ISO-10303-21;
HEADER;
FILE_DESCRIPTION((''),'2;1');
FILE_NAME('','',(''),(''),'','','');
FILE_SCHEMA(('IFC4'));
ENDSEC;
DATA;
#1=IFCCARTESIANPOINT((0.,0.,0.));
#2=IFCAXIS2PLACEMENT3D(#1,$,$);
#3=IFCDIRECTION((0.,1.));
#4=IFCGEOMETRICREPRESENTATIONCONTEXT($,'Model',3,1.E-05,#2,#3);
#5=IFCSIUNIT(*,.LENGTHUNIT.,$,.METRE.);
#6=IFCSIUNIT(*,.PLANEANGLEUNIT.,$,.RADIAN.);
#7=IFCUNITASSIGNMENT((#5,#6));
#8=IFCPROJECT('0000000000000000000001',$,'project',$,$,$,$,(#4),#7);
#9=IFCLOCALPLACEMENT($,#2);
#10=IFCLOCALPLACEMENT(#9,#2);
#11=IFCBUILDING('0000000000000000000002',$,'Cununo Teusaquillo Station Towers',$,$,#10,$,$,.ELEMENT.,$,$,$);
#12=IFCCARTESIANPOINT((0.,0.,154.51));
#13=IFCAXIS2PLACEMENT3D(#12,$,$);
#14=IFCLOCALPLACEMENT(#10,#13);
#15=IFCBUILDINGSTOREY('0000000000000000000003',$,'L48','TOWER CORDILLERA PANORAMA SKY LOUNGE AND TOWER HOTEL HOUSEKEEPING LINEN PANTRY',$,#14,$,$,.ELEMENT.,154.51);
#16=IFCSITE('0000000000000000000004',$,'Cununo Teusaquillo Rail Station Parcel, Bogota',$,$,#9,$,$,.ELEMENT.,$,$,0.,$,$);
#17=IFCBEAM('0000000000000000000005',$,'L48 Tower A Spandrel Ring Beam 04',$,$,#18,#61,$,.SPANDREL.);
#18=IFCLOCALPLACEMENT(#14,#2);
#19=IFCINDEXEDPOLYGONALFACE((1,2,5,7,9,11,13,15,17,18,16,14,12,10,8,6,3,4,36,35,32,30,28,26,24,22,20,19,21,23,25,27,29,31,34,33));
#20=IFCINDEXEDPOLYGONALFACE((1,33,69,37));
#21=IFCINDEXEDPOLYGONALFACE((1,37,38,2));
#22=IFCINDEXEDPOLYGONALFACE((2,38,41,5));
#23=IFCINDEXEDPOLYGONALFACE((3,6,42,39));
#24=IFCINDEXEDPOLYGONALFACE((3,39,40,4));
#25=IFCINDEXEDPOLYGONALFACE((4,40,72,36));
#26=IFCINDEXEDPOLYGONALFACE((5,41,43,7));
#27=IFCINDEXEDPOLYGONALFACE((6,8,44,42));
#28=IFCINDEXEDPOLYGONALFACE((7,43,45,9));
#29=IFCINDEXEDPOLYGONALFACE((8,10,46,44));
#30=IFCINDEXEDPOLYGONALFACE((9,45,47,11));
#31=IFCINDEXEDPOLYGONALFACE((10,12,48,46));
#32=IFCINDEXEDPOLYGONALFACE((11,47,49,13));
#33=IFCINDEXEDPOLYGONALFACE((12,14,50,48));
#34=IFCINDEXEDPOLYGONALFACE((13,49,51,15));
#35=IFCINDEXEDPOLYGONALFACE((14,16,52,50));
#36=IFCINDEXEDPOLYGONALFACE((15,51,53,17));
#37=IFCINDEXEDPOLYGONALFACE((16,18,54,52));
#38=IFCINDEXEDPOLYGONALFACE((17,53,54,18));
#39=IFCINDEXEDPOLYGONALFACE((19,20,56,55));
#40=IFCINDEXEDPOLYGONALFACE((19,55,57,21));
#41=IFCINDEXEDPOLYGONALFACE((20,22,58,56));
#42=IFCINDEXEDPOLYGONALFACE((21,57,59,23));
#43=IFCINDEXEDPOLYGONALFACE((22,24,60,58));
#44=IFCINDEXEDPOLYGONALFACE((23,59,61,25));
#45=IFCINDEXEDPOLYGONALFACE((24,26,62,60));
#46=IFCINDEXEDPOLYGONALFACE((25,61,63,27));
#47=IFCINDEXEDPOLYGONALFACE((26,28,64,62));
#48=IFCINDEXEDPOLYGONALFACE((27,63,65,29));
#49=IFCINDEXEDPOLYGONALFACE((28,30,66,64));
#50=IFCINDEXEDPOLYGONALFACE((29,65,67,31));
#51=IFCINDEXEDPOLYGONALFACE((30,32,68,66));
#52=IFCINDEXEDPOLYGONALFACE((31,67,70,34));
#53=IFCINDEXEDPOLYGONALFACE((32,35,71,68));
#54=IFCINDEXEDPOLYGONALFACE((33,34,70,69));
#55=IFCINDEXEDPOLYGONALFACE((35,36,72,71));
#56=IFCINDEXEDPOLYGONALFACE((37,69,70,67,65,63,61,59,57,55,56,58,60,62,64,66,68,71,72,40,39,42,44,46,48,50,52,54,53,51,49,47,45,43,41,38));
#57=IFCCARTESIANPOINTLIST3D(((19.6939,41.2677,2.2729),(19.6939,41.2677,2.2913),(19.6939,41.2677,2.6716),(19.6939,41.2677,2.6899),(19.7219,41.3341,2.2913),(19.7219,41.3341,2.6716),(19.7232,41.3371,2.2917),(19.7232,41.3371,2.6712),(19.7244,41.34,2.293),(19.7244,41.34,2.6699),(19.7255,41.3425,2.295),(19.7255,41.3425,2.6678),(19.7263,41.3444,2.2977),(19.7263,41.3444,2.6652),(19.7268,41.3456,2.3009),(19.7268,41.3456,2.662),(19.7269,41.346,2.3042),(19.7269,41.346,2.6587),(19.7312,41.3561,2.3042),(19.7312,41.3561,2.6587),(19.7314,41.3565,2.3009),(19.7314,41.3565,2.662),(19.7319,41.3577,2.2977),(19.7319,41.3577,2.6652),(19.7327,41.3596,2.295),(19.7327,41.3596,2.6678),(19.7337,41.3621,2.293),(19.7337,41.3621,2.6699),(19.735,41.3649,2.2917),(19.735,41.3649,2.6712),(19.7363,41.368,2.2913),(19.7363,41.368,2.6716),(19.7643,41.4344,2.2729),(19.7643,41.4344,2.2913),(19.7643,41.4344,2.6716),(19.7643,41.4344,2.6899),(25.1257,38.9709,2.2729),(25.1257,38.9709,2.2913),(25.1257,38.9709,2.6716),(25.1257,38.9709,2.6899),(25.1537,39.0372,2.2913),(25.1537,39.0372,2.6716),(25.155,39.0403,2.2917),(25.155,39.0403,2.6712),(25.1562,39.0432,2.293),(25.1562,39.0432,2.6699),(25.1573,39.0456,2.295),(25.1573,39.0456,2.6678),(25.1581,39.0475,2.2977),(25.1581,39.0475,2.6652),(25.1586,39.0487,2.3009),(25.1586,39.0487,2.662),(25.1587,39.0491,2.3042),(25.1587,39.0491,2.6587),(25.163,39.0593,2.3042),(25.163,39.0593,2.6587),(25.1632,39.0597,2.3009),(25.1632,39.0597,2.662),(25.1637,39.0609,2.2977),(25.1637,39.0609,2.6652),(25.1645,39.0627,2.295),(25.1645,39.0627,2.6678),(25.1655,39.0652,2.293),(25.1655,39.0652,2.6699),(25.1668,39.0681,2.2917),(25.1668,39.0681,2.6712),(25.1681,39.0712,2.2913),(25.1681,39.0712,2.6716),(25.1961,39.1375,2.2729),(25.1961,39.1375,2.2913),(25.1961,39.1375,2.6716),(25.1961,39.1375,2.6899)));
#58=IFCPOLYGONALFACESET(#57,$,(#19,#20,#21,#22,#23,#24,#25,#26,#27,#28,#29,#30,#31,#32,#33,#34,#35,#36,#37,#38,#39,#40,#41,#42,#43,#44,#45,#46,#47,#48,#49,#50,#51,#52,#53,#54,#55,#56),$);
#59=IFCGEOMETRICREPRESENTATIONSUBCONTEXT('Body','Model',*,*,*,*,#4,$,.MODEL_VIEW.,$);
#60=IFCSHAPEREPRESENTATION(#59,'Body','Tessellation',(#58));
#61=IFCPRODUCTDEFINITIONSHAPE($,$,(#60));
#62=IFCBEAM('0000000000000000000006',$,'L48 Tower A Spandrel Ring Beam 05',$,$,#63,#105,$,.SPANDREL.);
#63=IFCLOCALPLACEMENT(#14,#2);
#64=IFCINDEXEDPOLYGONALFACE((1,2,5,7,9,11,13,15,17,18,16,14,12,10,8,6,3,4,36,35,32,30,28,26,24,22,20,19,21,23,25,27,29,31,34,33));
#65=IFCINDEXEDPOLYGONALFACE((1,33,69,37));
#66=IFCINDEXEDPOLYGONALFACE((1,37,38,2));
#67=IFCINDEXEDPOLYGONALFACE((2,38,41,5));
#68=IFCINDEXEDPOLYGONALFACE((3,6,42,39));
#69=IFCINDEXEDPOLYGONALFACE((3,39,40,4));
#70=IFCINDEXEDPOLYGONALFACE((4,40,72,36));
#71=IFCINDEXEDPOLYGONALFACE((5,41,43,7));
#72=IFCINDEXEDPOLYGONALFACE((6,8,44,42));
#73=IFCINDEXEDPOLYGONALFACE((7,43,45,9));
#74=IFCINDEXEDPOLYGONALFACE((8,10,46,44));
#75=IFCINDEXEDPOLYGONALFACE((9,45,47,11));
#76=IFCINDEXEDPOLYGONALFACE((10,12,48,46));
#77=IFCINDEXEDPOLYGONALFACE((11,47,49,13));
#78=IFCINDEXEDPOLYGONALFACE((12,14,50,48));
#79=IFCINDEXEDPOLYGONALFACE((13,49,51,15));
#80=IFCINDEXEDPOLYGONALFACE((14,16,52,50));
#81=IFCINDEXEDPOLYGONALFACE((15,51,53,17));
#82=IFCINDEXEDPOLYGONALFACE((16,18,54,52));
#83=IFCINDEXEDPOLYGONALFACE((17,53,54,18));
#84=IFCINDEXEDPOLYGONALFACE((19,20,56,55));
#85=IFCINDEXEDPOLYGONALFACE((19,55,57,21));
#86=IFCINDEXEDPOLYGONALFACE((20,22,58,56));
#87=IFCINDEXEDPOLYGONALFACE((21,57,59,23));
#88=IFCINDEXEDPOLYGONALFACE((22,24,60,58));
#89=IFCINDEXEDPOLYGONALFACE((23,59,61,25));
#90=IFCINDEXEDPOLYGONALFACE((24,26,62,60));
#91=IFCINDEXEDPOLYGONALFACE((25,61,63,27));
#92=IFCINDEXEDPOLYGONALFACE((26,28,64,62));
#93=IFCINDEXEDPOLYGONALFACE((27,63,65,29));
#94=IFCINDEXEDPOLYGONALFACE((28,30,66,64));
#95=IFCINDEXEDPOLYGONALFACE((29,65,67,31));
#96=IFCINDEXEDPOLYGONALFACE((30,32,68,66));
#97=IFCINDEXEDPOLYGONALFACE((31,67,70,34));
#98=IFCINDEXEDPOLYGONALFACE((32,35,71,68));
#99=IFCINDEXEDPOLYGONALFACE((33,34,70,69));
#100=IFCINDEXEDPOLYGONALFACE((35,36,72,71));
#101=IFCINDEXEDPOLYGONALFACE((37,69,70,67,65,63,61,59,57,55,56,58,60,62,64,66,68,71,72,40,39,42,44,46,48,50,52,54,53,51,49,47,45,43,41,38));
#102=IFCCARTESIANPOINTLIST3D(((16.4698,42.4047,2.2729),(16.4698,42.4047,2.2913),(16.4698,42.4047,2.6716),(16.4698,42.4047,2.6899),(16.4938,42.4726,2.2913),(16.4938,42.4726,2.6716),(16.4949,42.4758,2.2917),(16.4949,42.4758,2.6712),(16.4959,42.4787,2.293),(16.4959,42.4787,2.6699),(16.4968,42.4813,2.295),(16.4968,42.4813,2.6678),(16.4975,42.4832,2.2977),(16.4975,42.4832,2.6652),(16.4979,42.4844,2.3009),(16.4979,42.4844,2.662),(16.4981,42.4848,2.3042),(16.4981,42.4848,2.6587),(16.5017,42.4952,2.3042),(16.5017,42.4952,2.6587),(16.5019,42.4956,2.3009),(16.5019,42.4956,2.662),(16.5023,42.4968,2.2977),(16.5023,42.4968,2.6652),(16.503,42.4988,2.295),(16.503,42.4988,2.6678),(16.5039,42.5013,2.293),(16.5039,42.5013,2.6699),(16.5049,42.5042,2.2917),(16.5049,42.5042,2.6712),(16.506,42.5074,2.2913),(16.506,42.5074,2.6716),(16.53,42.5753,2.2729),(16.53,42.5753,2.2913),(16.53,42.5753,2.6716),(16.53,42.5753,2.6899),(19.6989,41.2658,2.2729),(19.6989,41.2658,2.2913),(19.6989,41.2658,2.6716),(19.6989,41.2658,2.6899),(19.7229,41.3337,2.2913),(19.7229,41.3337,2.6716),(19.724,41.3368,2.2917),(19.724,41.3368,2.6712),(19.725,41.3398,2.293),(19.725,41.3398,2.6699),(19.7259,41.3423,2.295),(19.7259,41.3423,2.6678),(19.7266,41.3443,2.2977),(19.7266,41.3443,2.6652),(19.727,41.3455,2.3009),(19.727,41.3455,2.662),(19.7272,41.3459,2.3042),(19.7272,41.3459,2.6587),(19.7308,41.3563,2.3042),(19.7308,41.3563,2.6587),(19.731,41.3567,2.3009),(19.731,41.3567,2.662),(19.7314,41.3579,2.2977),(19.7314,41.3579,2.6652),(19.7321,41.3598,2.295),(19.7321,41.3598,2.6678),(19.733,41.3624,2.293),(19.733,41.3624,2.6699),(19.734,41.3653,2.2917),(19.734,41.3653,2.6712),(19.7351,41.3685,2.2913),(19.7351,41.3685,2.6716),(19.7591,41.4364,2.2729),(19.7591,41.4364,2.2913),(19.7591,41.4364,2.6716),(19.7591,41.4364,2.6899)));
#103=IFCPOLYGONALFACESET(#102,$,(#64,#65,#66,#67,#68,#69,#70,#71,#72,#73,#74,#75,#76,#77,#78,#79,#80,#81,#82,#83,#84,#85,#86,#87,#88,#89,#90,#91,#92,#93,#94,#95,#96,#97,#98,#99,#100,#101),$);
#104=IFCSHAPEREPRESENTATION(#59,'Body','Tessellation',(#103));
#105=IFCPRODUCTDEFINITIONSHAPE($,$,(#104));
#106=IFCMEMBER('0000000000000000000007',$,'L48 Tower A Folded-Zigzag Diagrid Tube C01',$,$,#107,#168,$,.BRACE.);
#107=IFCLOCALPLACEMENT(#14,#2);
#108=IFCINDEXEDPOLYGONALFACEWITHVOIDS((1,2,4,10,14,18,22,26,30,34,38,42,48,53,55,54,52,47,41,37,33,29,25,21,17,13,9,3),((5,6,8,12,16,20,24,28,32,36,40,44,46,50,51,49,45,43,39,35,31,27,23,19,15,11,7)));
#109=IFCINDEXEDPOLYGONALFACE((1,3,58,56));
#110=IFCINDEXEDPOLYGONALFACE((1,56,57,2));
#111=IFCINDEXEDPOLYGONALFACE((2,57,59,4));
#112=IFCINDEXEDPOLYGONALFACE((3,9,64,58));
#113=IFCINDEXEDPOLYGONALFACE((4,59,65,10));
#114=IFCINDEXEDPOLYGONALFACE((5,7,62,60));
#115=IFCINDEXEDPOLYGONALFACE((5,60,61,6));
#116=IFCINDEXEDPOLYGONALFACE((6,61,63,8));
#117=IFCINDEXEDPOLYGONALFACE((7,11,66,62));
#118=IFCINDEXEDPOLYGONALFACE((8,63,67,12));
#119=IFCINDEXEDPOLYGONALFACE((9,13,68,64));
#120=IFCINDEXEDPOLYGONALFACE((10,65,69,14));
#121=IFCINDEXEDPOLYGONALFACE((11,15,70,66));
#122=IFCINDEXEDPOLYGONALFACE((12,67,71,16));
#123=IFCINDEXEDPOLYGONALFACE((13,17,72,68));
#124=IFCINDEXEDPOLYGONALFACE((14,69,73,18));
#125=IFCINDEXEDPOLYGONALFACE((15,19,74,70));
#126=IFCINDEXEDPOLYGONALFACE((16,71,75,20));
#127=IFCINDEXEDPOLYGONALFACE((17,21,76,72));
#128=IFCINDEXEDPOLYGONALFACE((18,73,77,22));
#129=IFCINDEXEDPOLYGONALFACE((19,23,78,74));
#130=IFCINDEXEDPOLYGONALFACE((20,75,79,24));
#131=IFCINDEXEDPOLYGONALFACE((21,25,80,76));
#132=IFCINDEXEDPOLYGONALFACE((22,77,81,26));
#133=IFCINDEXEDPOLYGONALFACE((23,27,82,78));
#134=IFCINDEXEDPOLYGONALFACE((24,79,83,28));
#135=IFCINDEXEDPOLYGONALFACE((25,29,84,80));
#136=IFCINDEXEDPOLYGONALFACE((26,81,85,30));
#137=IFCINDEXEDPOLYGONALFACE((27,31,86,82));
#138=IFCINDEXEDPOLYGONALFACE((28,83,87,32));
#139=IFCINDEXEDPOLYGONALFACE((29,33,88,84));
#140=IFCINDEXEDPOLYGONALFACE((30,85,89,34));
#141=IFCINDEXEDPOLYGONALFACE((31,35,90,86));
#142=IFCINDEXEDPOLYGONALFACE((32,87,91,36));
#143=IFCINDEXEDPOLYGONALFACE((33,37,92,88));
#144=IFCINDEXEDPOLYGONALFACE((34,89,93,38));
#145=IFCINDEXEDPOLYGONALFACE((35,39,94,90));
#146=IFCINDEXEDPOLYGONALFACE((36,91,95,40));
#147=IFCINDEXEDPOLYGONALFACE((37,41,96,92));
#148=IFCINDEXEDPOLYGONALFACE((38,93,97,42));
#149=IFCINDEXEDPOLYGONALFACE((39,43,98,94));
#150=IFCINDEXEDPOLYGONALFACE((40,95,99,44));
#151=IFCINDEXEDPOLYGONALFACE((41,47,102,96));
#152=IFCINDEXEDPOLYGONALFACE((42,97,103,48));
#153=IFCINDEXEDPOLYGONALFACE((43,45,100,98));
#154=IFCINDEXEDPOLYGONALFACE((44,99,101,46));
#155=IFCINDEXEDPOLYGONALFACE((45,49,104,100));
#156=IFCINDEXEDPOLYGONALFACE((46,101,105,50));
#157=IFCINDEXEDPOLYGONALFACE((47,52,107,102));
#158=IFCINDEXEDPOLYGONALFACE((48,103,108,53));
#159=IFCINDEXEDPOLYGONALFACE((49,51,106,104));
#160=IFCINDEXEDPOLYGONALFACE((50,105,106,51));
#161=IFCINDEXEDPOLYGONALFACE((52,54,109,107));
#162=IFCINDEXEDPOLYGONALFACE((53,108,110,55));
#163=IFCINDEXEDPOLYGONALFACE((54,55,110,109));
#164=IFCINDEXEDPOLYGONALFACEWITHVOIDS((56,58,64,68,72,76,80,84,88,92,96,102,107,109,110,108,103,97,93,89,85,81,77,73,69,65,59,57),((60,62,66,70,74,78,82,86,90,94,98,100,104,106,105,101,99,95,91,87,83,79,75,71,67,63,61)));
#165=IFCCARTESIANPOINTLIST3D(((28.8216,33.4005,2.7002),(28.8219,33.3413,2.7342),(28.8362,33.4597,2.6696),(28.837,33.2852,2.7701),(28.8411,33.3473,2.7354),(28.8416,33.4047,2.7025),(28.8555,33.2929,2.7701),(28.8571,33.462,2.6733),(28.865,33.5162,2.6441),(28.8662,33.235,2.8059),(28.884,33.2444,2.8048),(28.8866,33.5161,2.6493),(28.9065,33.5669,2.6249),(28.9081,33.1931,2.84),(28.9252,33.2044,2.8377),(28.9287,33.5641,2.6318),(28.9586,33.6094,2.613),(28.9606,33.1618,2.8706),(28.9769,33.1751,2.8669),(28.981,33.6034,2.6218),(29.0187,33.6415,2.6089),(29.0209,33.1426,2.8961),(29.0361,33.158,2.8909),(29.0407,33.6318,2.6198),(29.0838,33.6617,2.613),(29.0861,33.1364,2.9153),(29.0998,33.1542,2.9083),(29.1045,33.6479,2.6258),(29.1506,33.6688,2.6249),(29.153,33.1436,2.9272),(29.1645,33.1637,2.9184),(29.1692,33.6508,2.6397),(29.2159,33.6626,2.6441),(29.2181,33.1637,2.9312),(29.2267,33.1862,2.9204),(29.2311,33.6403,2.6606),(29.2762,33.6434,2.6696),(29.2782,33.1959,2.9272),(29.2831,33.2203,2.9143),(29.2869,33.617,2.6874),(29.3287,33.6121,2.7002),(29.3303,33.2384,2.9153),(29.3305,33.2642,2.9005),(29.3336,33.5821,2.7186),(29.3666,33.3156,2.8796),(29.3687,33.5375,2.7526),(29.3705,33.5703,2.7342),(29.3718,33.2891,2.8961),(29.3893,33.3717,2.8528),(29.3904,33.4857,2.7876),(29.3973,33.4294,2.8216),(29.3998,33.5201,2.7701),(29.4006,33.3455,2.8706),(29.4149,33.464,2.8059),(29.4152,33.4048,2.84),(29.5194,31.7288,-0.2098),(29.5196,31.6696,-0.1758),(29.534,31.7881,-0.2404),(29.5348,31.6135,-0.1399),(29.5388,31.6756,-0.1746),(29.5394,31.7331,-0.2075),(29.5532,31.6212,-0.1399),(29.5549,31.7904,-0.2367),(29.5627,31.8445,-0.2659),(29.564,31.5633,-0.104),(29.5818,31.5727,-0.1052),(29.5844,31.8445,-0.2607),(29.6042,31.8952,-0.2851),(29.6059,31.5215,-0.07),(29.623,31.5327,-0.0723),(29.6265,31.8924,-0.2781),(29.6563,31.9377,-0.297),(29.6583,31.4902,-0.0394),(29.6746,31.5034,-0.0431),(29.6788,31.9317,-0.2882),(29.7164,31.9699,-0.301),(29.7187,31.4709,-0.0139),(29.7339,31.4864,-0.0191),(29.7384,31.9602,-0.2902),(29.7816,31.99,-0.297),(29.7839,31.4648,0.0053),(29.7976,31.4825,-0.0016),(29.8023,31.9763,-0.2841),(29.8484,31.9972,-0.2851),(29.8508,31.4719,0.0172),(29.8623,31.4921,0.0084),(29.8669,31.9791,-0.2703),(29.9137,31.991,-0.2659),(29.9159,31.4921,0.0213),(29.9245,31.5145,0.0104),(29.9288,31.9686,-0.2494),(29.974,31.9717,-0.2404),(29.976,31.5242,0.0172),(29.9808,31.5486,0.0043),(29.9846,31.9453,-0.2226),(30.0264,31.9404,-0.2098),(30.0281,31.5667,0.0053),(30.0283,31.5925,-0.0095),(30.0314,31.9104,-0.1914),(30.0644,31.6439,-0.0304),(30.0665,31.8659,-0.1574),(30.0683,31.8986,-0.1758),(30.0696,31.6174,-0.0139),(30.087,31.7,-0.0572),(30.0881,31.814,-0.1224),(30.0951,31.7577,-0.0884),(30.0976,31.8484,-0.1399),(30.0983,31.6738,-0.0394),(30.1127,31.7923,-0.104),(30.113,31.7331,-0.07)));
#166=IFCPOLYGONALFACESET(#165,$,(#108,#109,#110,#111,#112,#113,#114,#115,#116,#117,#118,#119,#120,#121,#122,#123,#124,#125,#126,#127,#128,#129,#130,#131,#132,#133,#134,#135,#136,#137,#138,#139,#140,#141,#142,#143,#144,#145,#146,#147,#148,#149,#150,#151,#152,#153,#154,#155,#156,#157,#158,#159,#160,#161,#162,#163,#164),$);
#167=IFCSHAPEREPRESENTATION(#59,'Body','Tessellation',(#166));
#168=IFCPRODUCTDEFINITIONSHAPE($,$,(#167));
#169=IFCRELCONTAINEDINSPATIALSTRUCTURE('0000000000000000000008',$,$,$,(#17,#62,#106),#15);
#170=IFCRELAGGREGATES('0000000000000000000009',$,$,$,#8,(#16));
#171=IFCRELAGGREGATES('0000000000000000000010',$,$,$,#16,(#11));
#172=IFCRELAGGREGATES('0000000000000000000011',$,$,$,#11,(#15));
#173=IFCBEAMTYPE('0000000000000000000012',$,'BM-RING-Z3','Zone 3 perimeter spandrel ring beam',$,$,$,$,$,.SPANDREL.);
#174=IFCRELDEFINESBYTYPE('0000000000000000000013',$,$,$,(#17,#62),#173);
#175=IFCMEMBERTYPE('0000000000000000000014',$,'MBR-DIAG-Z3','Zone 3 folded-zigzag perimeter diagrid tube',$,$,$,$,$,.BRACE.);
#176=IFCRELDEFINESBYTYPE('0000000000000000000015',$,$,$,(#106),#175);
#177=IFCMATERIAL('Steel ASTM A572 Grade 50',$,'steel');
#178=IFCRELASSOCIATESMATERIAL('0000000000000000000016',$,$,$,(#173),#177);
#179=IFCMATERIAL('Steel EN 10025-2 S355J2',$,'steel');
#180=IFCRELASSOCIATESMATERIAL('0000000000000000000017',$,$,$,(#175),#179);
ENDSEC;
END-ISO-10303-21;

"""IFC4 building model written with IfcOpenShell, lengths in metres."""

from ifc_helpers import new_model, si_unit, direction, frame, origin, origin_2d, place, context, subcontext, project, spatial, hollow_circle, i_section, extrude, material, material_profile, profile_set, type_object, element, save


model = new_model("IFC4")

# Units and contexts
model_context = context("Model", 3, precision=1e-05, world=origin(), true_north=direction((0.0, 1.0)))
body_context = subcontext(model_context, "Body", "Model", "MODEL_VIEW")
ifc_project = project(units=[si_unit("LENGTHUNIT", "METRE"), si_unit("PLANEANGLEUNIT", "RADIAN")], contexts=[model_context])

# Site, building, storey
site_placement = place(None, origin())
site = spatial("IfcSite", under=ifc_project, at=site_placement, Name="Cununo Teusaquillo Rail Station Parcel, Bogota", CompositionType="ELEMENT", RefElevation=0.0)
building_placement = place(site_placement, origin())
building = spatial("IfcBuilding", under=site, at=building_placement, Name="Cununo Teusaquillo Station Towers", CompositionType="ELEMENT")
storey_placement = place(building_placement, frame((0.0, 0.0, 154.51)))
storey = spatial("IfcBuildingStorey", under=building, at=storey_placement, Name="L48", Description="TOWER CORDILLERA PANORAMA SKY LOUNGE AND TOWER HOTEL HOUSEKEEPING LINEN PANTRY", CompositionType="ELEMENT", Elevation=154.51)

# Beams
ifc_material_1 = material(Name="Steel ASTM A572 Grade 50", Category="steel")
ifc_material_profile_1 = material_profile(ifc_material_1, i_section(OverallWidth=0.1809, OverallDepth=0.417, WebThickness=0.011, FlangeThickness=0.0183, FilletRadius=0.0129, at=origin_2d()), Name="W16X57")
ifc_profile_set_1 = profile_set([ifc_material_profile_1], Name="Steel ASTM A572 Grade 50")
beam_type_1 = type_object("IfcBeamType", Name="BM-RING-Z3", Description="Zone 3 perimeter spandrel ring beam", PredefinedType="SPANDREL", material=ifc_profile_set_1)
beam_1_placement = place(storey_placement, frame((25.1609, 39.0542, 2.4814), z_axis=(-0.921042, 0.389463, 0.0), x_axis=(-0.389463, -0.921042, 0.0)))
element("IfcBeam", 1, at=beam_1_placement, inside=storey, type_object=beam_type_1, Name="L48 Tower A Spandrel Ring Beam 04", PredefinedType="SPANDREL", context=body_context, shape_type="SweptSolid", body=[
    extrude(i_section(OverallWidth=0.1809, OverallDepth=0.417, WebThickness=0.011, FlangeThickness=0.0183, FilletRadius=0.0129, at=origin_2d()), origin(), (0.0, 0.0, 1.0), 5.8975),
])
beam_2_placement = place(storey_placement, frame((19.729, 41.3511, 2.4814), z_axis=(-0.943057, 0.33263, 0.0), x_axis=(-0.33263, -0.943057, 0.0)))
element("IfcBeam", 2, at=beam_2_placement, inside=storey, type_object=beam_type_1, Name="L48 Tower A Spandrel Ring Beam 05", PredefinedType="SPANDREL", context=body_context, shape_type="SweptSolid", body=[
    extrude(i_section(OverallWidth=0.1809, OverallDepth=0.417, WebThickness=0.011, FlangeThickness=0.0183, FilletRadius=0.0129, at=origin_2d()), origin(), (0.0, 0.0, 1.0), 3.4241),
])

# Member
ifc_material_2 = material(Name="Steel EN 10025-2 S355J2", Category="steel")
ifc_material_profile_2 = material_profile(ifc_material_2, hollow_circle(Radius=0.3049, WallThickness=0.02, at=origin_2d()), Name="CHS 610x20")
ifc_profile_set_2 = profile_set([ifc_material_profile_2], Name="Steel EN 10025-2 S355J2")
member_type = type_object("IfcMemberType", Name="MBR-DIAG-Z3", Description="Zone 3 folded-zigzag perimeter diagrid tube", PredefinedType="BRACE", material=ifc_profile_set_2)
member_1_placement = place(storey_placement, frame((29.8162, 31.731, -0.1399), z_axis=(-0.203566, 0.48769, 0.848952), x_axis=(-0.922833, -0.385199, 0.0)))
element("IfcMember", 3, at=member_1_placement, inside=storey, type_object=member_type, Name="L48 Tower A Folded-Zigzag Diagrid Tube C01", PredefinedType="BRACE", context=body_context, shape_type="SweptSolid", body=[
    extrude(hollow_circle(Radius=0.3049, WallThickness=0.02, at=origin_2d()), origin(), (0.0, 0.0, 1.0), 3.4277),
])

save(model, "model.ifc")
